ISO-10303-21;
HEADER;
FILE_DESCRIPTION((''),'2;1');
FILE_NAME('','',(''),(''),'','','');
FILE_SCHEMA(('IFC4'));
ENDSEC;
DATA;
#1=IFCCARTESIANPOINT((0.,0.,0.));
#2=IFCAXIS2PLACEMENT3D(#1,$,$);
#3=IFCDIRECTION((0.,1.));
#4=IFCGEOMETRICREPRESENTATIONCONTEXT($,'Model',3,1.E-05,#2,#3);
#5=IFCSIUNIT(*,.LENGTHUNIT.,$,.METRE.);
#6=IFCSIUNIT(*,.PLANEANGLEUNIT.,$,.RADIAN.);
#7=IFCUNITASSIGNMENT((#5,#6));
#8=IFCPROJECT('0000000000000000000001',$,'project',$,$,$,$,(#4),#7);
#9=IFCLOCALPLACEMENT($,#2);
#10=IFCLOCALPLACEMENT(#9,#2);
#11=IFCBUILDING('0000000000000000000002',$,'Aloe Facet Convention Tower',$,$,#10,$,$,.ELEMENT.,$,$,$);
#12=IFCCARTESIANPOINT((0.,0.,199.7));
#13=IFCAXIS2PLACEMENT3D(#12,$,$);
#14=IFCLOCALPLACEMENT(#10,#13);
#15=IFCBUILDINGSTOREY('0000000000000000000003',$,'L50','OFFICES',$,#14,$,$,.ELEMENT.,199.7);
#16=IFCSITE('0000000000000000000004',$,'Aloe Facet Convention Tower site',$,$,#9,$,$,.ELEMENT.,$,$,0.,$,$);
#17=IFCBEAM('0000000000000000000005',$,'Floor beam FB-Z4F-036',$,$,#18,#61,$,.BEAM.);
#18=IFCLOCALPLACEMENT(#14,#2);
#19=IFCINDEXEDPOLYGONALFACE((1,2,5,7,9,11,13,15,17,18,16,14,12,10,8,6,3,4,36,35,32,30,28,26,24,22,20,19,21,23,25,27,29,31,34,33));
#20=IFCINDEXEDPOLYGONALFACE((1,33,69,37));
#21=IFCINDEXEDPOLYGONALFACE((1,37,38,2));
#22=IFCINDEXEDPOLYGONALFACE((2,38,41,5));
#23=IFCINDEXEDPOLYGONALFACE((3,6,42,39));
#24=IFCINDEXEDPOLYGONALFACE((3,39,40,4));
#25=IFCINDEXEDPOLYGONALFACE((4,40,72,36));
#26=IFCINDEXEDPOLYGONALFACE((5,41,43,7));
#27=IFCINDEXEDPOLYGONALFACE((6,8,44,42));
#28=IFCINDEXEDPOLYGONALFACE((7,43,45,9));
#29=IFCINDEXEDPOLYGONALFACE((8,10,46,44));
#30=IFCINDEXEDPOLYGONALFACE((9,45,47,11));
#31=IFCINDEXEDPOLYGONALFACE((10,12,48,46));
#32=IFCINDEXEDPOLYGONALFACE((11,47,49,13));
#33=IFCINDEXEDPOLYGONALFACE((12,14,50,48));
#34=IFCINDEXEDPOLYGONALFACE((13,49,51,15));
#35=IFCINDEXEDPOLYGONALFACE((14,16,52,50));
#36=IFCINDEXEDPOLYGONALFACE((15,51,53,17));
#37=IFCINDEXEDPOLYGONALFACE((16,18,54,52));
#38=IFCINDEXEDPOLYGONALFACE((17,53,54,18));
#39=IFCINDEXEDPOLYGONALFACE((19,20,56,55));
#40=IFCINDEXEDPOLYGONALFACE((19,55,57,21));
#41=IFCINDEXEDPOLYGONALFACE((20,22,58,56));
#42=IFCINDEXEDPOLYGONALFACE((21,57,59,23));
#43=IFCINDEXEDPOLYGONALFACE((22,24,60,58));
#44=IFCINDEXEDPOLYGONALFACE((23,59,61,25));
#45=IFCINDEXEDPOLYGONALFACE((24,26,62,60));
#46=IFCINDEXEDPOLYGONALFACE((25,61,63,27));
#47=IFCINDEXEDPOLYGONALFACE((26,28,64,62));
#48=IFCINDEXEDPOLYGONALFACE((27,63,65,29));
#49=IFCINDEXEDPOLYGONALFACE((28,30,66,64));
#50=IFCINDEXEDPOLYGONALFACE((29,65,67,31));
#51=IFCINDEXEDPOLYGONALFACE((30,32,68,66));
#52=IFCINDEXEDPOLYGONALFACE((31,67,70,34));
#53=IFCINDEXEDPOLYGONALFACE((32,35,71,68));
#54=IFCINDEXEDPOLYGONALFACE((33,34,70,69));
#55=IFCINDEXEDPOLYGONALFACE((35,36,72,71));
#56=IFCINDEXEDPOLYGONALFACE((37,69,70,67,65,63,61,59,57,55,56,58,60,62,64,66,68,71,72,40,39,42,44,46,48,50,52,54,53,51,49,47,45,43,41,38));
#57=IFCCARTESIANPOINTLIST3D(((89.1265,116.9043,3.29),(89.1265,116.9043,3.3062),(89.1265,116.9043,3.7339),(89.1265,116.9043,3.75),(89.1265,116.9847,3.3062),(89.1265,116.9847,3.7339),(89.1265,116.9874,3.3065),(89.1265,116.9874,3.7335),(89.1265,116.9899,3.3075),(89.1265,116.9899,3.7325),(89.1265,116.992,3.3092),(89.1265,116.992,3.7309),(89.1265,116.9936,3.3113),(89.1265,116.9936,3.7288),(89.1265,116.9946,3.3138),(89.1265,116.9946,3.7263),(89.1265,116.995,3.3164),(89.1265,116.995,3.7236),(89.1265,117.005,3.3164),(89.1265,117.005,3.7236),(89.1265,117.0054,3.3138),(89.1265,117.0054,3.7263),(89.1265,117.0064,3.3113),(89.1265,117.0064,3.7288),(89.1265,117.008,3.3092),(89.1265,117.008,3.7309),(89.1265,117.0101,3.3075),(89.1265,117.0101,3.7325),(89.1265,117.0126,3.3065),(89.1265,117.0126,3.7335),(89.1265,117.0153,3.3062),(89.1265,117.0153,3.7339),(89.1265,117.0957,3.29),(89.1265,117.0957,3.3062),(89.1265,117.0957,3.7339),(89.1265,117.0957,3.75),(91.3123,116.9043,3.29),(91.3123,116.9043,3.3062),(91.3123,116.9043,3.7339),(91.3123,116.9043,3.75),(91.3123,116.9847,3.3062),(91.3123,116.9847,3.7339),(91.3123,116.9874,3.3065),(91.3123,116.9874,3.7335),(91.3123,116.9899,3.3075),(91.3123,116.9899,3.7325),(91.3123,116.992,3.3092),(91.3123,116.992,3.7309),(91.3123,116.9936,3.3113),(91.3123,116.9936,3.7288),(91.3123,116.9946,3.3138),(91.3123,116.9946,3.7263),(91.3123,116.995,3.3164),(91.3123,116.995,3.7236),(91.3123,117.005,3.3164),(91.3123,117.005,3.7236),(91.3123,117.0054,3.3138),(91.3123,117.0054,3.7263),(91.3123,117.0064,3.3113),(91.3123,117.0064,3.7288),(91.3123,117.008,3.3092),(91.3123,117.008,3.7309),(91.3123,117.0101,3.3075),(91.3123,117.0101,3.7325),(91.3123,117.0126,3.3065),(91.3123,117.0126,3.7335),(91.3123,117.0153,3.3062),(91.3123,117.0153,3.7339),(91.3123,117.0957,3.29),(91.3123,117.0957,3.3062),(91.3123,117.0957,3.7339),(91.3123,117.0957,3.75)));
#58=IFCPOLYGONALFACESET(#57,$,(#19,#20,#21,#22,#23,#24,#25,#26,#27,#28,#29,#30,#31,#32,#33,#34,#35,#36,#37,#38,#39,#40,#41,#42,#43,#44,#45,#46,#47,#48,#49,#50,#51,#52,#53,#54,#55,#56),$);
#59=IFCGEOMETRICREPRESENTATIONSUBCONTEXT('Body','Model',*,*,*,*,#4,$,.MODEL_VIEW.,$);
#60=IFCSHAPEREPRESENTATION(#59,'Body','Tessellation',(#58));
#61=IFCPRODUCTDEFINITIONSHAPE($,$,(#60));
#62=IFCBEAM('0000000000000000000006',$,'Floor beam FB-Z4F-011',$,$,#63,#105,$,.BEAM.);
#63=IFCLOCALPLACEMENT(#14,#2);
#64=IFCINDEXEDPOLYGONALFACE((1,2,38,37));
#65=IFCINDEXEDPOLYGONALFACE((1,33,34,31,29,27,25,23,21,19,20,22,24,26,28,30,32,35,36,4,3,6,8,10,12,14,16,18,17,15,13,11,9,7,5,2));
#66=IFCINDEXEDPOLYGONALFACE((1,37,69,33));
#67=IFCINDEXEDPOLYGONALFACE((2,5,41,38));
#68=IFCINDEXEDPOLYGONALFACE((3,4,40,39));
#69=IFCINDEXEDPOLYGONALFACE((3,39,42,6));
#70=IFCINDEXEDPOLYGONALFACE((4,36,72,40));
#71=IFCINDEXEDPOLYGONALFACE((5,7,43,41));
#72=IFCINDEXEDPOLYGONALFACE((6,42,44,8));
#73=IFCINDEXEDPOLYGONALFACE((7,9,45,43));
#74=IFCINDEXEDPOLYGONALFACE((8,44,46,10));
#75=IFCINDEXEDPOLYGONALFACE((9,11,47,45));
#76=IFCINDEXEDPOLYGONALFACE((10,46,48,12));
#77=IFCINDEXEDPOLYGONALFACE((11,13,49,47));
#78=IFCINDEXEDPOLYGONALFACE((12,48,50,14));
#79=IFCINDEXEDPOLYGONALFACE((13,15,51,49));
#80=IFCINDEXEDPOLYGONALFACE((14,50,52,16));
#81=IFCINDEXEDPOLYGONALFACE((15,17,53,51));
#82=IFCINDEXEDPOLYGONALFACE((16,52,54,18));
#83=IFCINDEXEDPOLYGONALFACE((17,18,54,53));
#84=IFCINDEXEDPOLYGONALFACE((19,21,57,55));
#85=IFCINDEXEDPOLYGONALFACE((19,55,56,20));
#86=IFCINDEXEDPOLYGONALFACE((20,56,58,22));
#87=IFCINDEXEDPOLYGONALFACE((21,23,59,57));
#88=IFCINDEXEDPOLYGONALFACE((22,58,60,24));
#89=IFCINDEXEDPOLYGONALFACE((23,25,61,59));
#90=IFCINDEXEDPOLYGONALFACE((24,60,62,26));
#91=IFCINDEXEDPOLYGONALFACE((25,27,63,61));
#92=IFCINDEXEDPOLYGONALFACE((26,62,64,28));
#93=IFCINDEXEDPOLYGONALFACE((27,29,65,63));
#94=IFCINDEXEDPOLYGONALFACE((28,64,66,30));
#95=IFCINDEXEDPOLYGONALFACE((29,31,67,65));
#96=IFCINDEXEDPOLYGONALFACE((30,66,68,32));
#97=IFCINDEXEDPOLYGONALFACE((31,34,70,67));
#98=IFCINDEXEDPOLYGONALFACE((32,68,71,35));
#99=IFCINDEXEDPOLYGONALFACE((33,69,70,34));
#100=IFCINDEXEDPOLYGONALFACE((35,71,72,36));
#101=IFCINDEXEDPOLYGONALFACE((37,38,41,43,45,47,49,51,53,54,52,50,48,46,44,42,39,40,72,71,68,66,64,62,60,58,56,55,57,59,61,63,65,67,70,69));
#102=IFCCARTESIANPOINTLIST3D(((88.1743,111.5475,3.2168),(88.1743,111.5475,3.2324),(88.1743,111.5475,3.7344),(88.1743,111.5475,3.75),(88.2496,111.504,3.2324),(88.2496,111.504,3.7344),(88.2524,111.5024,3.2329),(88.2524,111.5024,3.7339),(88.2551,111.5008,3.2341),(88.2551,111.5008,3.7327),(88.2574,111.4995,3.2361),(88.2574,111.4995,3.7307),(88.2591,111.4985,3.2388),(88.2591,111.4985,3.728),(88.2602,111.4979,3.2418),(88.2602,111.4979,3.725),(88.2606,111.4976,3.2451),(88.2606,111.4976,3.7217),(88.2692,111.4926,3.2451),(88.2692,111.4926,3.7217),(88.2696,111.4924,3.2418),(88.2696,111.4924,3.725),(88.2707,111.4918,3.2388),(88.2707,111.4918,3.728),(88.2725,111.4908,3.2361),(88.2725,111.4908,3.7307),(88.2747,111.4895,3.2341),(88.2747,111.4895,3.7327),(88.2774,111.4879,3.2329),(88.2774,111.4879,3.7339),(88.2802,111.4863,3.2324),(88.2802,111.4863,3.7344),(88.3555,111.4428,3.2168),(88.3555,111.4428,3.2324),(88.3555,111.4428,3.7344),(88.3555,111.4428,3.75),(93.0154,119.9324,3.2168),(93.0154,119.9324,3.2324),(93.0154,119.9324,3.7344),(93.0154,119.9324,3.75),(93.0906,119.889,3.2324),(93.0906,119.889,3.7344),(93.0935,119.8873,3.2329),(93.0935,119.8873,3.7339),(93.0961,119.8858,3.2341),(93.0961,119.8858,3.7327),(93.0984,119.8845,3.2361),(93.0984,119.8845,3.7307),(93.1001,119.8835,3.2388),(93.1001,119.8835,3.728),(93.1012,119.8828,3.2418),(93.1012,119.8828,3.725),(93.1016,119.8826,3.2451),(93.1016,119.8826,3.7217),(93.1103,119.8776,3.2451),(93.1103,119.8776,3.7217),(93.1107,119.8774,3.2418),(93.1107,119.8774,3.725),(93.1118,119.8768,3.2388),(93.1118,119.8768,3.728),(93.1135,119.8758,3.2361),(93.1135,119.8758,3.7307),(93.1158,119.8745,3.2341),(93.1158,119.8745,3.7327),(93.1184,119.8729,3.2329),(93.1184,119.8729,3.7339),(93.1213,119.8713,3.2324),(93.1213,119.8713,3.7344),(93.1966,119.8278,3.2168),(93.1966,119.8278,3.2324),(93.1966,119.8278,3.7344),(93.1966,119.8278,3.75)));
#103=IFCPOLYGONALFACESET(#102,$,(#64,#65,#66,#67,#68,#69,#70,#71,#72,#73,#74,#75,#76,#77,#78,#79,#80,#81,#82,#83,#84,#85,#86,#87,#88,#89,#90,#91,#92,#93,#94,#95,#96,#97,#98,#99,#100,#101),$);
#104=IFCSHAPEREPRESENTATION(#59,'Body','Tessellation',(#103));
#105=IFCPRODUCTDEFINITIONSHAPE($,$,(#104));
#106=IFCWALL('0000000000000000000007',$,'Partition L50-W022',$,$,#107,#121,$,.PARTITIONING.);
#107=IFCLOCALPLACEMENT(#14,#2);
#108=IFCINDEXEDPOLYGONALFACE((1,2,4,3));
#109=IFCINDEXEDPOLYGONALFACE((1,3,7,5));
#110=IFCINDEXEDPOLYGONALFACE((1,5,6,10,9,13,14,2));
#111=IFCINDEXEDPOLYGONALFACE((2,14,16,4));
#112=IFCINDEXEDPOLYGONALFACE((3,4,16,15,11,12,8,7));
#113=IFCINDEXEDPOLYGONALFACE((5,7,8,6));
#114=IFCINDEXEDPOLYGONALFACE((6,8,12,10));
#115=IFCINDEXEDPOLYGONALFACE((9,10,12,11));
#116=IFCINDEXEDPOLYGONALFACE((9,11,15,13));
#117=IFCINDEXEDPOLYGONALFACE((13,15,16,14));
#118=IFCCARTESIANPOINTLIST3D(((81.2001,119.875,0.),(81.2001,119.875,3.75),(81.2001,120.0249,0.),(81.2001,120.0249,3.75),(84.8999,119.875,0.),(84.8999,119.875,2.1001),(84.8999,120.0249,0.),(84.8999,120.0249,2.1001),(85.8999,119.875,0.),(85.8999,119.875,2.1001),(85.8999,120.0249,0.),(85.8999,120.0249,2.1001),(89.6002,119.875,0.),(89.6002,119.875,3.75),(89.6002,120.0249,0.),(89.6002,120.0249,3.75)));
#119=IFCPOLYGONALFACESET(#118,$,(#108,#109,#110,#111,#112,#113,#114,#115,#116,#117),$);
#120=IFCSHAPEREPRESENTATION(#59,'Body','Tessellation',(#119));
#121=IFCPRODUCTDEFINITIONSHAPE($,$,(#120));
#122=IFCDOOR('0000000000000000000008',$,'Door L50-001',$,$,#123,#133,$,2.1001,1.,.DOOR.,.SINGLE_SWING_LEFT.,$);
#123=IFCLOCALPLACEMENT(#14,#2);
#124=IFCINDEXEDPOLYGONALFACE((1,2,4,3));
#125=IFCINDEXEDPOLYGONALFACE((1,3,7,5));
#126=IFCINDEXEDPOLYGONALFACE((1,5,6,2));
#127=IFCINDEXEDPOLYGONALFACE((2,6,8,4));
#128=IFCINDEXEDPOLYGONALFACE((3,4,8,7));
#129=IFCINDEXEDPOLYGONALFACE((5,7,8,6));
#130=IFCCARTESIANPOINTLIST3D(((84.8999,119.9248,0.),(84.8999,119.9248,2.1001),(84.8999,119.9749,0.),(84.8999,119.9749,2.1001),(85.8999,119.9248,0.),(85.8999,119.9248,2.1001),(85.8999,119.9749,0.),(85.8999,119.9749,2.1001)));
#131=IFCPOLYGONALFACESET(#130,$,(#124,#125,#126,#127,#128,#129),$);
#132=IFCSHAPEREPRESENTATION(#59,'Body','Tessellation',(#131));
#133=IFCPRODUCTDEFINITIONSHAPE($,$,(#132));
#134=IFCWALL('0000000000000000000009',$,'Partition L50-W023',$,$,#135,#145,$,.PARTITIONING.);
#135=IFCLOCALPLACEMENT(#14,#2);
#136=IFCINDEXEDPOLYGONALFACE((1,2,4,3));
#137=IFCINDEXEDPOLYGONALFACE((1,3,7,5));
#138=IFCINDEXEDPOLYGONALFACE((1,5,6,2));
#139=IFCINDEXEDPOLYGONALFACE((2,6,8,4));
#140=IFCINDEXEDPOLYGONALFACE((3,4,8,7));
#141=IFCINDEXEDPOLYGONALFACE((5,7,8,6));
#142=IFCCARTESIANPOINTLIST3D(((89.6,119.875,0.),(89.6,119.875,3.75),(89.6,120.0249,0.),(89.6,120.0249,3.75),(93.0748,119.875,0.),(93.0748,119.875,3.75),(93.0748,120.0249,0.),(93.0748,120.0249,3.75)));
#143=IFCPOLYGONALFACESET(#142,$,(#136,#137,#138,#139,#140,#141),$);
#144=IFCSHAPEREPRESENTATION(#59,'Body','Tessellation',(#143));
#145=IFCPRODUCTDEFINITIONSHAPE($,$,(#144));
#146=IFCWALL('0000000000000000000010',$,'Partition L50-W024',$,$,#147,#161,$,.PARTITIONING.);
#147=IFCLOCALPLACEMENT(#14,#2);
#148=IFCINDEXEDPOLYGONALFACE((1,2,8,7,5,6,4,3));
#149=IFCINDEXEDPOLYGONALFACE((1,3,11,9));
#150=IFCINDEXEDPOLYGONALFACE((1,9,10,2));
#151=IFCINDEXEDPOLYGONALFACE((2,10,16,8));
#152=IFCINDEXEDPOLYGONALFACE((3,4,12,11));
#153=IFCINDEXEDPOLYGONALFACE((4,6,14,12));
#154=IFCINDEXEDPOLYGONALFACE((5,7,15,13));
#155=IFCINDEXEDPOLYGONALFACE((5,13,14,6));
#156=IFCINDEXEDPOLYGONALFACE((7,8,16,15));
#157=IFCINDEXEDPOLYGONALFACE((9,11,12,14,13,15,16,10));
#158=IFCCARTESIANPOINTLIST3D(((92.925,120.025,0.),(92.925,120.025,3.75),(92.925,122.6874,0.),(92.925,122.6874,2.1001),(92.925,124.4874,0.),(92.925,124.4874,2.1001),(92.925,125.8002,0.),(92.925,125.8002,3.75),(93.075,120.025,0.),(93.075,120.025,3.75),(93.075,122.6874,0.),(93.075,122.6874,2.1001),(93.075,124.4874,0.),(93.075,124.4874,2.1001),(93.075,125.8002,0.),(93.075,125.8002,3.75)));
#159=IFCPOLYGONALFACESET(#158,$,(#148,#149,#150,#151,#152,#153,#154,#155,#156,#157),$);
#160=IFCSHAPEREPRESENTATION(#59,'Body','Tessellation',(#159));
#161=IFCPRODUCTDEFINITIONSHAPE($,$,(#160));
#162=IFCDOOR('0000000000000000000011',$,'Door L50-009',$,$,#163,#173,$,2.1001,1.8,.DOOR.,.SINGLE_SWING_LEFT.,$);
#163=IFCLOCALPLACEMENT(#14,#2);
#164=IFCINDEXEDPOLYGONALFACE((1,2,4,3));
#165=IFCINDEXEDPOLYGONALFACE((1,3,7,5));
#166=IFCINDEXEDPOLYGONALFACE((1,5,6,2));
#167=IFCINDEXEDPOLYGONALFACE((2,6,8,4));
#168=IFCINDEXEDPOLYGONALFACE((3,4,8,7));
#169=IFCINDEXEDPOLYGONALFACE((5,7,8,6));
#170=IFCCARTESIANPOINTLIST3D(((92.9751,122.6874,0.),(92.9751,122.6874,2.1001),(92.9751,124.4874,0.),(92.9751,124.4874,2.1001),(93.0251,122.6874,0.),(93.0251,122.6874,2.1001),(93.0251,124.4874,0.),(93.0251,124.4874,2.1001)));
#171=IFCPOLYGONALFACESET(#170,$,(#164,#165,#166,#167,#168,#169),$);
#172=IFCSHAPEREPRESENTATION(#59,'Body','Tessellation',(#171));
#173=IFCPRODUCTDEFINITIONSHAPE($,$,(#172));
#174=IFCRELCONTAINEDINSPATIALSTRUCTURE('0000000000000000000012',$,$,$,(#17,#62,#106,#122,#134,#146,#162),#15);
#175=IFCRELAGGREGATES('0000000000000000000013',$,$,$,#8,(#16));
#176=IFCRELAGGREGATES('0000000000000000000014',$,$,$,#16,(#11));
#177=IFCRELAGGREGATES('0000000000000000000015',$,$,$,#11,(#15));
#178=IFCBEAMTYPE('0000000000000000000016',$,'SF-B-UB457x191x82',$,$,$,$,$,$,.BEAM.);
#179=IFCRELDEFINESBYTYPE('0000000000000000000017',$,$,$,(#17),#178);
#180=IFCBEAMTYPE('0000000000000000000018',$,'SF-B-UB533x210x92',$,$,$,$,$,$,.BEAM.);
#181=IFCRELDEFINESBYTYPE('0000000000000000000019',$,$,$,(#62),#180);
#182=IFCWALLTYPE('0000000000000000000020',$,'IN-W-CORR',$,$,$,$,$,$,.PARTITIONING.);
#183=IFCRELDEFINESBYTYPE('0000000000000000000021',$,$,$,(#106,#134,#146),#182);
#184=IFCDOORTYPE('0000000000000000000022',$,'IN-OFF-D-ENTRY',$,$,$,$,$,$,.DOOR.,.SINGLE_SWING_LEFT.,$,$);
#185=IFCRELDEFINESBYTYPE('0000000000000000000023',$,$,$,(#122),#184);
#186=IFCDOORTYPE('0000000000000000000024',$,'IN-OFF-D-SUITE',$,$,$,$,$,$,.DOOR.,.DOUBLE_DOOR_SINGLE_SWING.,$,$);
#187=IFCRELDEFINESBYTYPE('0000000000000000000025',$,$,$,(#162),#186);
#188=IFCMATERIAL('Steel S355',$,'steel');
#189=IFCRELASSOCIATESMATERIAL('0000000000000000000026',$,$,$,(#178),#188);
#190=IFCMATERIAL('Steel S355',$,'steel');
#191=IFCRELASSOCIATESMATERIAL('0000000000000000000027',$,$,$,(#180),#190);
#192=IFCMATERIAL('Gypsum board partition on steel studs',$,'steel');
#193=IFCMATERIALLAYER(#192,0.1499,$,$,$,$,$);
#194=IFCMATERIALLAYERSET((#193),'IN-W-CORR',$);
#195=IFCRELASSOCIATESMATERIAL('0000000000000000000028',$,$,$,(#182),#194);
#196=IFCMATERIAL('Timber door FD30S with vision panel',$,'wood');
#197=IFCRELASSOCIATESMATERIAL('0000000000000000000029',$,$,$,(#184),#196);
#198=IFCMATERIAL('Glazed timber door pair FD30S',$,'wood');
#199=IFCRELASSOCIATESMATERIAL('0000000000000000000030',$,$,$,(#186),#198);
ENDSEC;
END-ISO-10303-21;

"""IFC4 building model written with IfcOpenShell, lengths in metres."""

from ifc_helpers import new_model, si_unit, direction, frame, frame_2d, origin, origin_2d, place, context, subcontext, project, spatial, rectangle, i_section, extrude, material, layer, layer_set, material_profile, profile_set, type_object, element, fill, save


model = new_model("IFC4")

# Units and contexts
model_context = context("Model", 3, precision=1e-05, world=origin(), true_north=direction((0.0, 1.0)))
body_context = subcontext(model_context, "Body", "Model", "MODEL_VIEW")
ifc_project = project(units=[si_unit("LENGTHUNIT", "METRE"), si_unit("PLANEANGLEUNIT", "RADIAN")], contexts=[model_context])

# Site, building, storey
site_placement = place(None, origin())
site = spatial("IfcSite", under=ifc_project, at=site_placement, Name="Aloe Facet Convention Tower site", CompositionType="ELEMENT", RefElevation=0.0)
building_placement = place(site_placement, origin())
building = spatial("IfcBuilding", under=site, at=building_placement, Name="Aloe Facet Convention Tower", CompositionType="ELEMENT")
storey_placement = place(building_placement, frame((0.0, 0.0, 199.7)))
storey = spatial("IfcBuildingStorey", under=building, at=storey_placement, Name="L50", Description="OFFICES", CompositionType="ELEMENT", Elevation=199.7)

# Beams
ifc_material_1 = material(Name="Steel S355", Category="steel")
ifc_material_profile_1 = material_profile(ifc_material_1, i_section(OverallWidth=0.1914, OverallDepth=0.46, WebThickness=0.01, FlangeThickness=0.0161, FilletRadius=0.0103, at=origin_2d()), Name="UB 457x191x82")
ifc_profile_set_1 = profile_set([ifc_material_profile_1], Name="Steel S355")
beam_type_1 = type_object("IfcBeamType", Name="SF-B-UB457x191x82", PredefinedType="BEAM", material=ifc_profile_set_1)
beam_1_placement = place(storey_placement, frame((89.1265, 117.0, 3.52), z_axis=(1.0, 0.0, 0.0), x_axis=(0.0, 1.0, 0.0)))
element("IfcBeam", 1, at=beam_1_placement, inside=storey, type_object=beam_type_1, Name="Floor beam FB-Z4F-036", PredefinedType="BEAM", context=body_context, shape_type="SweptSolid", body=[
    extrude(i_section(OverallWidth=0.1914, OverallDepth=0.46, WebThickness=0.01, FlangeThickness=0.0161, FilletRadius=0.0103, at=origin_2d()), origin(), (0.0, 0.0, 1.0), 2.1858),
])
ifc_material_2 = material(Name="Steel S355", Category="steel")
ifc_material_profile_2 = material_profile(ifc_material_2, i_section(OverallWidth=0.2092, OverallDepth=0.5332, WebThickness=0.01, FlangeThickness=0.0156, FilletRadius=0.0127, at=origin_2d()), Name="UB 533x210x92")
ifc_profile_set_2 = profile_set([ifc_material_profile_2], Name="Steel S355")
beam_type_2 = type_object("IfcBeamType", Name="SF-B-UB533x210x92", PredefinedType="BEAM", material=ifc_profile_set_2)
beam_2_placement = place(storey_placement, frame((93.106, 119.8801, 3.4834), z_axis=(-0.499998, -0.866026, 0.0), x_axis=(0.866026, -0.499998, 0.0)))
element("IfcBeam", 2, at=beam_2_placement, inside=storey, type_object=beam_type_2, Name="Floor beam FB-Z4F-011", PredefinedType="BEAM", context=body_context, shape_type="SweptSolid", body=[
    extrude(i_section(OverallWidth=0.2092, OverallDepth=0.5332, WebThickness=0.01, FlangeThickness=0.0156, FilletRadius=0.0127, at=origin_2d()), origin(), (0.0, 0.0, 1.0), 9.6821),
])

# Wall, opening, door
ifc_material_3 = material(Name="Gypsum board partition on steel studs", Category="steel")
ifc_layer_1 = layer(ifc_material_3, 0.1499)
ifc_layer_set_1 = layer_set([ifc_layer_1], Name="IN-W-CORR")
wall_type_1 = type_object("IfcWallType", Name="IN-W-CORR", PredefinedType="PARTITIONING", material=ifc_layer_set_1)
wall_1_placement = place(storey_placement, frame((81.2, 119.95, 0.0), z_axis=(0.0, 0.0, 1.0), x_axis=(1.0, 0.0, 0.0)))
wall_1 = element("IfcWall", 3, at=wall_1_placement, inside=storey, type_object=wall_type_1, Name="Partition L50-W022", PredefinedType="PARTITIONING", context=body_context, shape_type="SweptSolid", body=[
    extrude(rectangle(XDim=8.4001, YDim=0.1499, at=frame_2d((4.2002, 0.0))), origin(), (0.0, 0.0, 1.0), 3.75),
])
opening_1_placement = place(wall_1_placement, frame((3.7, 0.0, 0.0)))
opening_1 = element("IfcOpeningElement", 4, at=opening_1_placement, cuts=wall_1, PredefinedType="OPENING", context=body_context, shape_type="SweptSolid", body=[
    extrude(rectangle(XDim=1.0, YDim=2.1001, at=frame_2d((0.5, 1.05))), frame((0.0, 0.085, 0.0), z_axis=(0.0, -1.0, 0.0), x_axis=(1.0, 0.0, 0.0)), (0.0, 0.0, 1.0), 0.1699),
])
ifc_material_4 = material(Name="Timber door FD30S with vision panel", Category="wood")
door_type_1 = type_object("IfcDoorType", Name="IN-OFF-D-ENTRY", OperationType="SINGLE_SWING_LEFT", PredefinedType="DOOR", material=ifc_material_4)
door_1_placement = place(opening_1_placement, origin())
door_1 = element("IfcDoor", 5, at=door_1_placement, inside=storey, type_object=door_type_1, Name="Door L50-001", OperationType="SINGLE_SWING_LEFT", OverallHeight=2.1001, OverallWidth=1.0, PredefinedType="DOOR", context=body_context, shape_type="SweptSolid", body=[
    extrude(rectangle(XDim=1.0, YDim=2.1001, at=frame_2d((0.5, 1.05))), frame((0.0, 0.0249, 0.0), z_axis=(0.0, -1.0, 0.0), x_axis=(1.0, 0.0, 0.0)), (0.0, 0.0, 1.0), 0.05),
])
fill(opening_1, door_1)

# Wall
wall_2_placement = place(storey_placement, frame((89.6001, 119.95, 0.0), z_axis=(0.0, 0.0, 1.0), x_axis=(1.0, 0.0, 0.0)))
element("IfcWall", 6, at=wall_2_placement, inside=storey, type_object=wall_type_1, Name="Partition L50-W023", PredefinedType="PARTITIONING", context=body_context, shape_type="SweptSolid", body=[
    extrude(rectangle(XDim=3.4749, YDim=0.1499, at=frame_2d((1.7373, 0.0))), origin(), (0.0, 0.0, 1.0), 3.75),
])

# Wall, opening, door
wall_3_placement = place(storey_placement, frame((93.0, 120.0249, 0.0), z_axis=(0.0, 0.0, 1.0), x_axis=(0.0, 1.0, 0.0)))
wall_3 = element("IfcWall", 7, at=wall_3_placement, inside=storey, type_object=wall_type_1, Name="Partition L50-W024", PredefinedType="PARTITIONING", context=body_context, shape_type="SweptSolid", body=[
    extrude(rectangle(XDim=5.7751, YDim=0.1499, at=frame_2d((2.8877, 0.0))), origin(), (0.0, 0.0, 1.0), 3.75),
])
opening_2_placement = place(wall_3_placement, frame((2.6626, 0.0, 0.0)))
opening_2 = element("IfcOpeningElement", 8, at=opening_2_placement, cuts=wall_3, PredefinedType="OPENING", context=body_context, shape_type="SweptSolid", body=[
    extrude(rectangle(XDim=1.8, YDim=2.1001, at=frame_2d((0.8999, 1.05))), frame((0.0, 0.085, 0.0), z_axis=(0.0, -1.0, 0.0), x_axis=(1.0, 0.0, 0.0)), (0.0, 0.0, 1.0), 0.1699),
])
ifc_material_5 = material(Name="Glazed timber door pair FD30S", Category="wood")
door_type_2 = type_object("IfcDoorType", Name="IN-OFF-D-SUITE", OperationType="DOUBLE_DOOR_SINGLE_SWING", PredefinedType="DOOR", material=ifc_material_5)
door_2_placement = place(opening_2_placement, origin())
door_2 = element("IfcDoor", 9, at=door_2_placement, inside=storey, type_object=door_type_2, Name="Door L50-009", OperationType="SINGLE_SWING_LEFT", OverallHeight=2.1001, OverallWidth=1.8, PredefinedType="DOOR", context=body_context, shape_type="SweptSolid", body=[
    extrude(rectangle(XDim=1.8, YDim=2.1001, at=frame_2d((0.8999, 1.05))), frame((0.0, 0.0249, 0.0), z_axis=(0.0, -1.0, 0.0), x_axis=(1.0, 0.0, 0.0)), (0.0, 0.0, 1.0), 0.05),
])
fill(opening_2, door_2)

save(model, "model.ifc")
